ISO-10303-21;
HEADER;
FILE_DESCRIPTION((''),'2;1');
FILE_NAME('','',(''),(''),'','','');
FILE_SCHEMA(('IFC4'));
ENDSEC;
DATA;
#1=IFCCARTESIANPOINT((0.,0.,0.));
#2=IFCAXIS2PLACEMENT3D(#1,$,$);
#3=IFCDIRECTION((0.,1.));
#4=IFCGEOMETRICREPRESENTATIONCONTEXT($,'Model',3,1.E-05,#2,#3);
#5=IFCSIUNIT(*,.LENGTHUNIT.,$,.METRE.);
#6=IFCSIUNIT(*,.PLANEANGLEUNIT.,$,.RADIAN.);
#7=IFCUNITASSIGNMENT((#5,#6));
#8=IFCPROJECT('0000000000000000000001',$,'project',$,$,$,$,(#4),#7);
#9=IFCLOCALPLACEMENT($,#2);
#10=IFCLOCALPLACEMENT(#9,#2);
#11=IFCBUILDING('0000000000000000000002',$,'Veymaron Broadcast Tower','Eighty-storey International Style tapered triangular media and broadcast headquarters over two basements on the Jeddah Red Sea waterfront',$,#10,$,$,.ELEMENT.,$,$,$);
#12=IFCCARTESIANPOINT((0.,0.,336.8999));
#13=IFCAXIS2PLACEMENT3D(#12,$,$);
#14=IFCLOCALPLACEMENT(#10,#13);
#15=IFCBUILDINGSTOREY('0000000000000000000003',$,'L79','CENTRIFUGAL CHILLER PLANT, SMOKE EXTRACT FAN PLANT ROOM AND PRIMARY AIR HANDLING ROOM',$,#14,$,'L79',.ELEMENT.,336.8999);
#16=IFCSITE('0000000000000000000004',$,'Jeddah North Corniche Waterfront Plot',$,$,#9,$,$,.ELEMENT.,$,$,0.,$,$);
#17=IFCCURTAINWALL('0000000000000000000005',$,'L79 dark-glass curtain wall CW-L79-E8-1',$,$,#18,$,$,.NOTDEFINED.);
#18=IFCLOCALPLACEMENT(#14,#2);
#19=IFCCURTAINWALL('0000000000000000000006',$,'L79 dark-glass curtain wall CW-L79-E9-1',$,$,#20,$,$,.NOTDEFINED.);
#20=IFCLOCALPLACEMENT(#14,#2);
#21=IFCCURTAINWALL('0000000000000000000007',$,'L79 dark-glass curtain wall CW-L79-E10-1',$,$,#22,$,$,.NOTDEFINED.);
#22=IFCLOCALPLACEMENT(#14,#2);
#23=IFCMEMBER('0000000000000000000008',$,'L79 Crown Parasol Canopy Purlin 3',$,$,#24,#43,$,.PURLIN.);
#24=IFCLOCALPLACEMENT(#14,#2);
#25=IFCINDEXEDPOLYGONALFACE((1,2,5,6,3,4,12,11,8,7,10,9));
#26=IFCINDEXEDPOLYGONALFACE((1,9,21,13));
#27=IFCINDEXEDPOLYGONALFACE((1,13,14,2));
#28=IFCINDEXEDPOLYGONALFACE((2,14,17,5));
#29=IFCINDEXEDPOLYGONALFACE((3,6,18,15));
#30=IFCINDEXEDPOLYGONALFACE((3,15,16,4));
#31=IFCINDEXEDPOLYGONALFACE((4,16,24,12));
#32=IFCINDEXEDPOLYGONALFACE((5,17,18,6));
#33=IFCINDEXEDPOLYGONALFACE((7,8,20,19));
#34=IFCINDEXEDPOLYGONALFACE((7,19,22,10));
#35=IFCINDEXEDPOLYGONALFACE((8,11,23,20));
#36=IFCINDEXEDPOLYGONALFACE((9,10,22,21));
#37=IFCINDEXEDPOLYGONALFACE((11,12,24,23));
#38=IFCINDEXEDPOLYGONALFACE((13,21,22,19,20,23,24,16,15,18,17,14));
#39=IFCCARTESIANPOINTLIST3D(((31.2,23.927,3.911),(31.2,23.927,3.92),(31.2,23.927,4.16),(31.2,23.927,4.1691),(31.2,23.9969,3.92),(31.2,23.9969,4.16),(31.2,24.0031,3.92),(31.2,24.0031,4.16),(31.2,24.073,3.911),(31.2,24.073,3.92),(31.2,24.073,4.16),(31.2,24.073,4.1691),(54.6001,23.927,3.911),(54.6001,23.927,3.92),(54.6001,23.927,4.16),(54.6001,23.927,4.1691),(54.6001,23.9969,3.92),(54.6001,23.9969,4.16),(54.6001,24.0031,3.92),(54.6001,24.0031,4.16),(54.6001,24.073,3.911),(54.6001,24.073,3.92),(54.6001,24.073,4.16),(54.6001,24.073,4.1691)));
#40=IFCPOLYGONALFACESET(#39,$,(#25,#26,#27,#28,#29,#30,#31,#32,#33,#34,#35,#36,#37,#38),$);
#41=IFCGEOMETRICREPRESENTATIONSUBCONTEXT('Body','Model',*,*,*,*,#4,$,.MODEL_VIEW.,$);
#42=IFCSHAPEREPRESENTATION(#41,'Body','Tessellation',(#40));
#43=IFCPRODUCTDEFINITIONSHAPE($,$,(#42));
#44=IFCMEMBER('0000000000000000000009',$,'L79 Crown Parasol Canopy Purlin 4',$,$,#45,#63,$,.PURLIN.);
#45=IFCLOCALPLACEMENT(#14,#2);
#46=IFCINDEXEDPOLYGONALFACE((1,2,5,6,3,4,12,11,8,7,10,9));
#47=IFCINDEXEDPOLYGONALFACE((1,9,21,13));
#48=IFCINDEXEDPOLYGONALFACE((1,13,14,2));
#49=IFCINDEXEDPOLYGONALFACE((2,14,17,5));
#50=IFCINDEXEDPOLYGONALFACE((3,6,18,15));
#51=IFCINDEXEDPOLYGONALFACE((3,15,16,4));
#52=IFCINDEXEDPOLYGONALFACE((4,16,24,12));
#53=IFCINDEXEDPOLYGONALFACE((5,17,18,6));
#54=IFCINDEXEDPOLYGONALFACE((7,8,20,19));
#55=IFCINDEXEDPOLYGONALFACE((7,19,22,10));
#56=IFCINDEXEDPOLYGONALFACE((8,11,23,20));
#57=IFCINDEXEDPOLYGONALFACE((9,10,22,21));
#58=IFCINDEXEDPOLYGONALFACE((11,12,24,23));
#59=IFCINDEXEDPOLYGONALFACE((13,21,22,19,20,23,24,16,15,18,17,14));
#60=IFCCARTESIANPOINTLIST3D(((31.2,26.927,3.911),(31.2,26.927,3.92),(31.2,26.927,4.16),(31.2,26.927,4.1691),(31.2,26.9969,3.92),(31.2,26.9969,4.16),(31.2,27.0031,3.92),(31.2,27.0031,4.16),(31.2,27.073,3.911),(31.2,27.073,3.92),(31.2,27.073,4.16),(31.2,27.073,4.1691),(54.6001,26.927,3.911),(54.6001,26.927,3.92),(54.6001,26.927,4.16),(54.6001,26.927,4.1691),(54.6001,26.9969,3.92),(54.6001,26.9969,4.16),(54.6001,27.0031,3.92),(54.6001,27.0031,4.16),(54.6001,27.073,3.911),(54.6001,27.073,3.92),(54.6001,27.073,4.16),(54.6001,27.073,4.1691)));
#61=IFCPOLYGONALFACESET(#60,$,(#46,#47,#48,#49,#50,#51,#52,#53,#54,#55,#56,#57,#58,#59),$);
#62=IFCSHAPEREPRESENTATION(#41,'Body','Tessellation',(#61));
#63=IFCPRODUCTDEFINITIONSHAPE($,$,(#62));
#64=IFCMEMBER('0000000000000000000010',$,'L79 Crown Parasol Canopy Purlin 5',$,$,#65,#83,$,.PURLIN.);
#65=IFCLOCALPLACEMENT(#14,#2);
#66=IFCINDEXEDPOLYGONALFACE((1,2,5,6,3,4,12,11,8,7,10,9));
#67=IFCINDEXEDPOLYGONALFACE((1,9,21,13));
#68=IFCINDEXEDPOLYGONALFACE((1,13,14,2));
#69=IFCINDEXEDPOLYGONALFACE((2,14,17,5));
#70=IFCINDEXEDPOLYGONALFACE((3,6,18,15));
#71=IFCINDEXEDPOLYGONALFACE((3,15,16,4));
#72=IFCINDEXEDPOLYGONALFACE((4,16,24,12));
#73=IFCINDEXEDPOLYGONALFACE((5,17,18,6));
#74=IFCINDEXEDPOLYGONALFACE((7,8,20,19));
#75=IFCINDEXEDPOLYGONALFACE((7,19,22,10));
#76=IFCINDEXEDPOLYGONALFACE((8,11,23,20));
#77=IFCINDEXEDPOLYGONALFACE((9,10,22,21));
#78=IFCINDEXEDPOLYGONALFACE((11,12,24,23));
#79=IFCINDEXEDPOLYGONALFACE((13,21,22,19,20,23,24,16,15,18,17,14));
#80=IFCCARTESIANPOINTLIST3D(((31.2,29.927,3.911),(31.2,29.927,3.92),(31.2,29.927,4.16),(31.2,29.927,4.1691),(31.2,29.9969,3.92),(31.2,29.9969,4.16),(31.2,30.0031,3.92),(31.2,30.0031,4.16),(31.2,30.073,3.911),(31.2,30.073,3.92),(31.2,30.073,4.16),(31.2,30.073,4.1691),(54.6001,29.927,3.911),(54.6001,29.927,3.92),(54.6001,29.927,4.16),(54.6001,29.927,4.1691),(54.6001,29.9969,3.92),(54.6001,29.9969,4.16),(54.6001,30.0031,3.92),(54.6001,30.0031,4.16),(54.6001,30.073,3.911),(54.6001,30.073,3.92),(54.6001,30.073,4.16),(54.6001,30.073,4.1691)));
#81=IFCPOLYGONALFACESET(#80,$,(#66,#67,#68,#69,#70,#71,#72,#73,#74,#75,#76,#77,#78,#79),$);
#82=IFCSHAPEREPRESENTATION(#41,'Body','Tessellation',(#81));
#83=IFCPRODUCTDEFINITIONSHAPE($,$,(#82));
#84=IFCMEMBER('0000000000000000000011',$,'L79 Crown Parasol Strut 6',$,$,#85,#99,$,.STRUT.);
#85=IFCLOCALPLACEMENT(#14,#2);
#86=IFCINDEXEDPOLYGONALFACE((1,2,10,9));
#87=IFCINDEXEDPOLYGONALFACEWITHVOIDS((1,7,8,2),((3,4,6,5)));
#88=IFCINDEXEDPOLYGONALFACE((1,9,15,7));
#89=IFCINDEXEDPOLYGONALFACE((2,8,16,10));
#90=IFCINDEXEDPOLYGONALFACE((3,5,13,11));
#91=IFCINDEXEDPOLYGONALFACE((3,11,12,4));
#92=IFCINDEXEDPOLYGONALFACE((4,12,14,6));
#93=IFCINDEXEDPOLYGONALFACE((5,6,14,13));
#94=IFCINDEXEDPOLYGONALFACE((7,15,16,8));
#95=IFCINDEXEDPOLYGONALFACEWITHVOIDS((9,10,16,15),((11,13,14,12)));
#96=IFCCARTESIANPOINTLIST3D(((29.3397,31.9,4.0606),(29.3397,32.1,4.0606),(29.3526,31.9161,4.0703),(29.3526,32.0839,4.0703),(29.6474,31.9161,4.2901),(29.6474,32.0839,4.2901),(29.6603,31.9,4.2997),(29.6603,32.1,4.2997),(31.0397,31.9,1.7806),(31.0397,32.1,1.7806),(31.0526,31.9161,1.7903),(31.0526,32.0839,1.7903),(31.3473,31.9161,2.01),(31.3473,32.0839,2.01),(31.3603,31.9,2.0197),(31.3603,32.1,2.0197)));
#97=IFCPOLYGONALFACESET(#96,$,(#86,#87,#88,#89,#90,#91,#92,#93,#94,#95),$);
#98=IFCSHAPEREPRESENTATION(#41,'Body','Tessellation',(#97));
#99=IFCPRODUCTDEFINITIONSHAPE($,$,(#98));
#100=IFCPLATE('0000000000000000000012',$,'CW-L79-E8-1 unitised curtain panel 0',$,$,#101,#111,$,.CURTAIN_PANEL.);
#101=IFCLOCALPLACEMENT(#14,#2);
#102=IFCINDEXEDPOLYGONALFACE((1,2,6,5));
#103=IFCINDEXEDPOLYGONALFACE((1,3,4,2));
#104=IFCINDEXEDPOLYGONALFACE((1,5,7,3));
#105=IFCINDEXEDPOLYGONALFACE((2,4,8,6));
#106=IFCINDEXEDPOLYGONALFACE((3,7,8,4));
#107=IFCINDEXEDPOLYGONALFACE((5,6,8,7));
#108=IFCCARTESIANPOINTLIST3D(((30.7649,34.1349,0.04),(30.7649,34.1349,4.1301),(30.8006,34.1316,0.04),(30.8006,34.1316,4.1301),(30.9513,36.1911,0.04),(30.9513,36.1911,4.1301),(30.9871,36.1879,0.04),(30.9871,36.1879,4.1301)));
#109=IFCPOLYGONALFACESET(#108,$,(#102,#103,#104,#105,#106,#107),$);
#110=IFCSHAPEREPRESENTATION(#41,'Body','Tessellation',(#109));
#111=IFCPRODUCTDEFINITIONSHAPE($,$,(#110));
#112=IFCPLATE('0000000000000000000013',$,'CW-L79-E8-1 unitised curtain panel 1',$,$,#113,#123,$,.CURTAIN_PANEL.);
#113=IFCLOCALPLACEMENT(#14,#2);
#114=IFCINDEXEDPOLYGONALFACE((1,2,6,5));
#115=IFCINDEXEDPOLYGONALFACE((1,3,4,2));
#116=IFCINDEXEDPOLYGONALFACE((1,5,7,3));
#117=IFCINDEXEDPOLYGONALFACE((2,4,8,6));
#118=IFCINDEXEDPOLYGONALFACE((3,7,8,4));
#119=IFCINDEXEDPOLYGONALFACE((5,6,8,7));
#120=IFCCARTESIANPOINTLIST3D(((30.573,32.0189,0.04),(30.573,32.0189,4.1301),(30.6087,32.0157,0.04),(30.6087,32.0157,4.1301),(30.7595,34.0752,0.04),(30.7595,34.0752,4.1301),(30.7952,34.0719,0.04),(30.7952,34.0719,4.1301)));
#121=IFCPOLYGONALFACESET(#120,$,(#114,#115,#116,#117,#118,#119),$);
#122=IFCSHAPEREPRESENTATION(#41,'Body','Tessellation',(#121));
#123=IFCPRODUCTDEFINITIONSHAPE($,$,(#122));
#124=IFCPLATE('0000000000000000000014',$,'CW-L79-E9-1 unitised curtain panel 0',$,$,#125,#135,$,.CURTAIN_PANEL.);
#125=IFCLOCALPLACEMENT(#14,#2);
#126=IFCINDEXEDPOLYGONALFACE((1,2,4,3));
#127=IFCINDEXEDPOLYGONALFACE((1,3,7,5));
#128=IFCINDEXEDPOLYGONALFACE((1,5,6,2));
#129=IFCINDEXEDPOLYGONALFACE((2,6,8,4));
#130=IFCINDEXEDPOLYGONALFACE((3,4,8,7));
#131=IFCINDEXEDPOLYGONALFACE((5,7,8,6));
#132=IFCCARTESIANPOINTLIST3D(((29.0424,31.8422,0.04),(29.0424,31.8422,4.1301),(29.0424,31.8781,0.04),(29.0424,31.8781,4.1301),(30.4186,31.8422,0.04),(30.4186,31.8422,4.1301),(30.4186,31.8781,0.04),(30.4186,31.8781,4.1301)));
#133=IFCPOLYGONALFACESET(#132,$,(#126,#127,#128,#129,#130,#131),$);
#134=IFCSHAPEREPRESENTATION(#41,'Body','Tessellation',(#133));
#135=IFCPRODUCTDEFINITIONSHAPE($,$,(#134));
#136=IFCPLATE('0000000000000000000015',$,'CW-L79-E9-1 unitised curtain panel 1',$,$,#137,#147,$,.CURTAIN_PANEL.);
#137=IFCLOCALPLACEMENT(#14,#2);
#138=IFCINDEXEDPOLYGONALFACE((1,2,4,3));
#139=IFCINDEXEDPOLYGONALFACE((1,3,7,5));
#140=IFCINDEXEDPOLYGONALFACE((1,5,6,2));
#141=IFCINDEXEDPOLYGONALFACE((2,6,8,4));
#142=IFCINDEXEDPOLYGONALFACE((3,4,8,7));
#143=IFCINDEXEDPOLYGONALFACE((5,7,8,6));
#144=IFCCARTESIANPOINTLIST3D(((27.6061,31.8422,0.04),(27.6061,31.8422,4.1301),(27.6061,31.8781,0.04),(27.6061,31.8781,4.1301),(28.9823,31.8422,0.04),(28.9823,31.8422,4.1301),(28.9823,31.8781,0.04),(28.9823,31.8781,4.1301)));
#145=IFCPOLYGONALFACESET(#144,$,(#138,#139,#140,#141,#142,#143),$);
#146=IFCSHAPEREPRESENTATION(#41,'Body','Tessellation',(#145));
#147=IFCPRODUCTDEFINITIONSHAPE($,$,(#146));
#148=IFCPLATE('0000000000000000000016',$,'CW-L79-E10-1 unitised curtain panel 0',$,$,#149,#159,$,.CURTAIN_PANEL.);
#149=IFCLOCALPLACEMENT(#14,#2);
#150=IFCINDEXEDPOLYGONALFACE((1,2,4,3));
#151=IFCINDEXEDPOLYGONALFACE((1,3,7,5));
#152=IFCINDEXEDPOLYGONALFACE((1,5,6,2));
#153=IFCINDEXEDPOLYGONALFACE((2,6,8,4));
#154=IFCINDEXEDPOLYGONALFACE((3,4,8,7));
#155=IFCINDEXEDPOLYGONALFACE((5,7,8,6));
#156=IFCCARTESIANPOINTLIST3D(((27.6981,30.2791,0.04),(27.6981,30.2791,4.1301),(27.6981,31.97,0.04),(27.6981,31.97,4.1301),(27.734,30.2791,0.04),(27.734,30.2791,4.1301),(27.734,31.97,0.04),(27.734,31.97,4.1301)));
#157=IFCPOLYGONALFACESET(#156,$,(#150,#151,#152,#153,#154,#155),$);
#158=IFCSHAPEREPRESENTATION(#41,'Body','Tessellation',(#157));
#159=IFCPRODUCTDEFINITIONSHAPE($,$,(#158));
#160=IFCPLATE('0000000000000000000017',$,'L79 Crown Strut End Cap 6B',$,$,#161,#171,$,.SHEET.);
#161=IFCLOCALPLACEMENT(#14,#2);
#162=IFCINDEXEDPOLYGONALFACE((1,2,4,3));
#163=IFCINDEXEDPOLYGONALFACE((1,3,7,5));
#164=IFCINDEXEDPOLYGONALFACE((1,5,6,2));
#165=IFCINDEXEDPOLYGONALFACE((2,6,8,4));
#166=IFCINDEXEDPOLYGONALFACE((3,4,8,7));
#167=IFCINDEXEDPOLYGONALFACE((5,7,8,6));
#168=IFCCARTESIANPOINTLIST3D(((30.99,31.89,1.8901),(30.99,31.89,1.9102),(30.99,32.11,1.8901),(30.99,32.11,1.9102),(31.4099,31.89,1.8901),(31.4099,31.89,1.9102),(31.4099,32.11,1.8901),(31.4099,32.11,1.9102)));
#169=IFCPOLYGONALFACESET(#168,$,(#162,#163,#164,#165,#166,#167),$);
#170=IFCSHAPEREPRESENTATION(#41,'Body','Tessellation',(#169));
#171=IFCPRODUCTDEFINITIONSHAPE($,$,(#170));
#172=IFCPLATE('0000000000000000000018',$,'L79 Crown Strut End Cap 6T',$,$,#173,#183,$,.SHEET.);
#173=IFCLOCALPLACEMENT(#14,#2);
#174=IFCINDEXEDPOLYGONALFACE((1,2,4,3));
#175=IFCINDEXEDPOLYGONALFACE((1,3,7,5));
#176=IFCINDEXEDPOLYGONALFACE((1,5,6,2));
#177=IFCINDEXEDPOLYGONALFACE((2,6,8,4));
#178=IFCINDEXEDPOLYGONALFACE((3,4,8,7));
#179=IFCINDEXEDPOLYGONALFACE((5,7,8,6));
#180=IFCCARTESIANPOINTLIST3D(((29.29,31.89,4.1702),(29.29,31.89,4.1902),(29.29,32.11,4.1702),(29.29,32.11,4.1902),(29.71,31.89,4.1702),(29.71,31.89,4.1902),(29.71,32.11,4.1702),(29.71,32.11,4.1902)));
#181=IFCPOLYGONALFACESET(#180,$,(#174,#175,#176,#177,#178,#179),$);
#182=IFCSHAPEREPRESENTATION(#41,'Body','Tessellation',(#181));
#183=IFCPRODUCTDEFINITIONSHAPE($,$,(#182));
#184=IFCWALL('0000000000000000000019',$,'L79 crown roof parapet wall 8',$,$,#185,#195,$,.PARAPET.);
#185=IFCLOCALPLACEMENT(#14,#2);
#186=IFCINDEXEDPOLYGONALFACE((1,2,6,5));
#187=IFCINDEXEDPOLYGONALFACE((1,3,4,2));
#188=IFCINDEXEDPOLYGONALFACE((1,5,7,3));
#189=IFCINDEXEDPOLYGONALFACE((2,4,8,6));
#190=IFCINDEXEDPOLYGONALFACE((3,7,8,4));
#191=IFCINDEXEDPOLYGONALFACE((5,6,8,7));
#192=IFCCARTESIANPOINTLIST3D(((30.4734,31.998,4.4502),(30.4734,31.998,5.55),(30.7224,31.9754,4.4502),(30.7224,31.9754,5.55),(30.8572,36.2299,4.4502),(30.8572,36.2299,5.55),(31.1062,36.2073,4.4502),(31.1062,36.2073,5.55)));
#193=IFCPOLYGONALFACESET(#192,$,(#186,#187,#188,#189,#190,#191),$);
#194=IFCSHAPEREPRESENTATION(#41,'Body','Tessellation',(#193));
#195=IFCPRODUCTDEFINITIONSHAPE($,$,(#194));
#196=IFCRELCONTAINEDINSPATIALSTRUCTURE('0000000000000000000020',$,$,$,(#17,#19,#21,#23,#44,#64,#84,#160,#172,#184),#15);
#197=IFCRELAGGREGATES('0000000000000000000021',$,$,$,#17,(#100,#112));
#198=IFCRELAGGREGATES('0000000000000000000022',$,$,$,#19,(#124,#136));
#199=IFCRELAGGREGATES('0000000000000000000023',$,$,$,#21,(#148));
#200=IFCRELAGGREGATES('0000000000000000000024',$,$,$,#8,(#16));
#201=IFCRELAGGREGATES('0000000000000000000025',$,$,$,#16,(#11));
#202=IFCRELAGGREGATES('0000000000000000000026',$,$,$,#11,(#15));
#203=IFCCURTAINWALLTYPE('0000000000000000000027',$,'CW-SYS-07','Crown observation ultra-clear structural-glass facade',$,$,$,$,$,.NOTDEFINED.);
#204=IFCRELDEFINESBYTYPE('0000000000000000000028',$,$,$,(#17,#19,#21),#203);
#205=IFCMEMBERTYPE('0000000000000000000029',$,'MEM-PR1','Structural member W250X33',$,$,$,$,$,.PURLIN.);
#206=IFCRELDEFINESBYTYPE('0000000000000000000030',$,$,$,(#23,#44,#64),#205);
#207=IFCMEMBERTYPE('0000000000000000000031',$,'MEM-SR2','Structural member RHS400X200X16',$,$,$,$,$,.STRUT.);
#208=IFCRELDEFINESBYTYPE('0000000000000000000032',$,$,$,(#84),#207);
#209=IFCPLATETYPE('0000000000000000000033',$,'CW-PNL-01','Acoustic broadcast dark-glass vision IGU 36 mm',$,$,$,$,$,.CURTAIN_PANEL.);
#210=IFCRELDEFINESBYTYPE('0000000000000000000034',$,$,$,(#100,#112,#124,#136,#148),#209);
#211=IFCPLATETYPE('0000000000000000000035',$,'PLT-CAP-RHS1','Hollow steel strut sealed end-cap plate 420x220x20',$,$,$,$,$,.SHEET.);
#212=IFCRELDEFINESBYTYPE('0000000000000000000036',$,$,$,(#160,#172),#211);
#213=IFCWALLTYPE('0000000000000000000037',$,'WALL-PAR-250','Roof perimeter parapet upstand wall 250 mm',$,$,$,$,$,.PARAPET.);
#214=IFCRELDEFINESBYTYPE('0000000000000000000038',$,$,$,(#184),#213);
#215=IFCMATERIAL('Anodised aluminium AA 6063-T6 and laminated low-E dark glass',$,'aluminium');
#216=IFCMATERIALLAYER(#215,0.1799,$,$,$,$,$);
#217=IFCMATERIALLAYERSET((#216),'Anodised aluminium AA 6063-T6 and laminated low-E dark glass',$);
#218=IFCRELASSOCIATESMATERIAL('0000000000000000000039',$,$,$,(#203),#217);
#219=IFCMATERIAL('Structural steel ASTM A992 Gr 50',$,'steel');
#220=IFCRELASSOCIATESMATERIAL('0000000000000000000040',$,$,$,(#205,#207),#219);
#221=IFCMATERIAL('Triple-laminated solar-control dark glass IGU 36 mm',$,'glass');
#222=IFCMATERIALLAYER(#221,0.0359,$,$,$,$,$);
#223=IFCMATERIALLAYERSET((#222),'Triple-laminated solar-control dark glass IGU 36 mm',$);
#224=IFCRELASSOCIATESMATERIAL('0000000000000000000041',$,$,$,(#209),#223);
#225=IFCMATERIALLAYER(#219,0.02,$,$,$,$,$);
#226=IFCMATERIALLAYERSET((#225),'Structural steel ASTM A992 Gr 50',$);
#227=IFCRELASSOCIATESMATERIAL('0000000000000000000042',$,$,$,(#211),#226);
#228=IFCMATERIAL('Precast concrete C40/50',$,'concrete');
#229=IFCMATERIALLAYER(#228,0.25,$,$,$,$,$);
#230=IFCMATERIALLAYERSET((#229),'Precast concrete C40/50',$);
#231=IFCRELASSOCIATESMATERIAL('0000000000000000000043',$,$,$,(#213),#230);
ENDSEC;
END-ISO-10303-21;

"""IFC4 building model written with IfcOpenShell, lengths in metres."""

from ifc_helpers import new_model, si_unit, direction, frame, frame_2d, origin, origin_2d, place, context, subcontext, project, spatial, rectangle, hollow_rectangle, i_section, extrude, material, layer, layer_set, material_profile, profile_set, type_object, element, aggregate, save


model = new_model("IFC4")

# Units and contexts
model_context = context("Model", 3, precision=1e-05, world=origin(), true_north=direction((0.0, 1.0)))
body_context = subcontext(model_context, "Body", "Model", "MODEL_VIEW")
ifc_project = project(units=[si_unit("LENGTHUNIT", "METRE"), si_unit("PLANEANGLEUNIT", "RADIAN")], contexts=[model_context])

# Site, building, storey
site_placement = place(None, origin())
site = spatial("IfcSite", under=ifc_project, at=site_placement, Name="Jeddah North Corniche Waterfront Plot", CompositionType="ELEMENT", RefElevation=0.0)
building_placement = place(site_placement, origin())
building = spatial("IfcBuilding", under=site, at=building_placement, Name="Veymaron Broadcast Tower", Description="Eighty-storey International Style tapered triangular media and broadcast headquarters over two basements on the Jeddah Red Sea waterfront", CompositionType="ELEMENT")
storey_placement = place(building_placement, frame((0.0, 0.0, 336.8999)))
storey = spatial("IfcBuildingStorey", under=building, at=storey_placement, Name="L79", Description="CENTRIFUGAL CHILLER PLANT, SMOKE EXTRACT FAN PLANT ROOM AND PRIMARY AIR HANDLING ROOM", LongName="L79", CompositionType="ELEMENT", Elevation=336.8999)

# Shared definitions
ifc_material_1 = material(Name="Structural steel ASTM A992 Gr 50", Category="steel")

# Shared definitions
ifc_material_2 = material(Name="Anodised aluminium AA 6063-T6 and laminated low-E dark glass", Category="aluminium")
ifc_layer_1 = layer(ifc_material_2, 0.1799)
ifc_layer_set_1 = layer_set([ifc_layer_1], Name="Anodised aluminium AA 6063-T6 and laminated low-E dark glass")
curtain_wall_type = type_object("IfcCurtainWallType", Name="CW-SYS-07", Description="Crown observation ultra-clear structural-glass facade", PredefinedType="NOTDEFINED", material=ifc_layer_set_1)

# Curtain walls
curtain_wall_1_placement = place(storey_placement, origin())
curtain_wall_1 = element("IfcCurtainWall", 1, at=curtain_wall_1_placement, inside=storey, type_object=curtain_wall_type, Name="L79 dark-glass curtain wall CW-L79-E8-1", PredefinedType="NOTDEFINED")
curtain_wall_2_placement = place(storey_placement, origin())
curtain_wall_2 = element("IfcCurtainWall", 2, at=curtain_wall_2_placement, inside=storey, type_object=curtain_wall_type, Name="L79 dark-glass curtain wall CW-L79-E9-1", PredefinedType="NOTDEFINED")
curtain_wall_3_placement = place(storey_placement, origin())
curtain_wall_3 = element("IfcCurtainWall", 3, at=curtain_wall_3_placement, inside=storey, type_object=curtain_wall_type, Name="L79 dark-glass curtain wall CW-L79-E10-1", PredefinedType="NOTDEFINED")

# Members
ifc_material_profile_1 = material_profile(ifc_material_1, i_section(OverallWidth=0.146, OverallDepth=0.2581, WebThickness=0.0061, FlangeThickness=0.009, at=origin_2d()), Name="W250X33")
ifc_profile_set_1 = profile_set([ifc_material_profile_1], Name="Structural steel ASTM A992 Gr 50")
member_type_1 = type_object("IfcMemberType", Name="MEM-PR1", Description="Structural member W250X33", PredefinedType="PURLIN", material=ifc_profile_set_1)
for number, where, z_axis, x_axis, name in (
    (4, (31.2, 24.0, 4.04), (1.0, 0.0, 0.0), (0.0, 1.0, 0.0), "L79 Crown Parasol Canopy Purlin 3"),
    (5, (31.2, 27.0, 4.04), (1.0, 0.0, 0.0), (0.0, 1.0, 0.0), "L79 Crown Parasol Canopy Purlin 4"),
    (6, (31.2, 30.0, 4.04), (1.0, 0.0, 0.0), (0.0, 1.0, 0.0), "L79 Crown Parasol Canopy Purlin 5"),
):
    element("IfcMember", number, at=place(storey_placement, frame(where, z_axis=z_axis, x_axis=x_axis)), inside=storey, type_object=member_type_1, Name=name, PredefinedType="PURLIN", context=body_context, shape_type="SweptSolid", body=[
        extrude(i_section(OverallWidth=0.146, OverallDepth=0.2581, WebThickness=0.0061, FlangeThickness=0.009, at=origin_2d()), origin(), (0.0, 0.0, 1.0), 23.4001),
    ])
ifc_material_profile_2 = material_profile(ifc_material_1, hollow_rectangle(XDim=0.2, YDim=0.3999, WallThickness=0.0161, at=origin_2d()), Name="RHS400X200X16")
ifc_profile_set_2 = profile_set([ifc_material_profile_2], Name="Structural steel ASTM A992 Gr 50")
member_type_2 = type_object("IfcMemberType", Name="MEM-SR2", Description="Structural member RHS400X200X16", PredefinedType="STRUT", material=ifc_profile_set_2)
member_1_placement = place(storey_placement, frame((31.2, 32.0, 1.9001), z_axis=(-0.597731, 0.0, 0.801696), x_axis=(0.0, -1.0, 0.0)))
element("IfcMember", 7, at=member_1_placement, inside=storey, type_object=member_type_2, Name="L79 Crown Parasol Strut 6", PredefinedType="STRUT", context=body_context, shape_type="SweptSolid", body=[
    extrude(hollow_rectangle(XDim=0.2, YDim=0.3999, WallThickness=0.0161, at=origin_2d()), origin(), (0.0, 0.0, 1.0), 2.844),
])

# Plates
ifc_material_3 = material(Name="Triple-laminated solar-control dark glass IGU 36 mm", Category="glass")
ifc_layer_2 = layer(ifc_material_3, 0.0359)
ifc_layer_set_2 = layer_set([ifc_layer_2], Name="Triple-laminated solar-control dark glass IGU 36 mm")
plate_type_1 = type_object("IfcPlateType", Name="CW-PNL-01", Description="Acoustic broadcast dark-glass vision IGU 36 mm", PredefinedType="CURTAIN_PANEL", material=ifc_layer_set_2)
plate_1_placement = place(storey_placement, frame((30.876, 35.1614, 0.04), z_axis=(0.0, 0.0, 1.0), x_axis=(-0.09032, -0.995913, 0.0)))
plate_1 = element("IfcPlate", 8, at=plate_1_placement, type_object=plate_type_1, Name="CW-L79-E8-1 unitised curtain panel 0", PredefinedType="CURTAIN_PANEL", context=body_context, shape_type="SweptSolid", body=[
    extrude(rectangle(XDim=2.0647, YDim=0.0359, at=origin_2d()), origin(), (0.0, 0.0, 1.0), 4.0901),
])
plate_2_placement = place(storey_placement, frame((30.6841, 33.0454, 0.04), z_axis=(0.0, 0.0, 1.0), x_axis=(-0.09032, -0.995913, 0.0)))
plate_2 = element("IfcPlate", 9, at=plate_2_placement, type_object=plate_type_1, Name="CW-L79-E8-1 unitised curtain panel 1", PredefinedType="CURTAIN_PANEL", context=body_context, shape_type="SweptSolid", body=[
    extrude(rectangle(XDim=2.0647, YDim=0.0359, at=origin_2d()), origin(), (0.0, 0.0, 1.0), 4.0901),
])
aggregate(curtain_wall_1, [plate_1, plate_2])
plate_3_placement = place(storey_placement, frame((29.7305, 31.8601, 0.04), z_axis=(0.0, 0.0, 1.0), x_axis=(-1.0, 0.0, 0.0)))
plate_3 = element("IfcPlate", 10, at=plate_3_placement, type_object=plate_type_1, Name="CW-L79-E9-1 unitised curtain panel 0", PredefinedType="CURTAIN_PANEL", context=body_context, shape_type="SweptSolid", body=[
    extrude(rectangle(XDim=1.3762, YDim=0.0359, at=origin_2d()), origin(), (0.0, 0.0, 1.0), 4.0901),
])
plate_4_placement = place(storey_placement, frame((28.2942, 31.8601, 0.04), z_axis=(0.0, 0.0, 1.0), x_axis=(-1.0, 0.0, 0.0)))
plate_4 = element("IfcPlate", 11, at=plate_4_placement, type_object=plate_type_1, Name="CW-L79-E9-1 unitised curtain panel 1", PredefinedType="CURTAIN_PANEL", context=body_context, shape_type="SweptSolid", body=[
    extrude(rectangle(XDim=1.3762, YDim=0.0359, at=origin_2d()), origin(), (0.0, 0.0, 1.0), 4.0901),
])
aggregate(curtain_wall_2, [plate_3, plate_4])
plate_5_placement = place(storey_placement, frame((27.7161, 31.1245, 0.04), z_axis=(0.0, 0.0, 1.0), x_axis=(0.0, -1.0, 0.0)))
plate_5 = element("IfcPlate", 12, at=plate_5_placement, type_object=plate_type_1, Name="CW-L79-E10-1 unitised curtain panel 0", PredefinedType="CURTAIN_PANEL", context=body_context, shape_type="SweptSolid", body=[
    extrude(rectangle(XDim=1.6909, YDim=0.0359, at=origin_2d()), origin(), (0.0, 0.0, 1.0), 4.0901),
])
aggregate(curtain_wall_3, [plate_5])

# Plates
ifc_layer_3 = layer(ifc_material_1, 0.02)
ifc_layer_set_3 = layer_set([ifc_layer_3], Name="Structural steel ASTM A992 Gr 50")
plate_type_2 = type_object("IfcPlateType", Name="PLT-CAP-RHS1", Description="Hollow steel strut sealed end-cap plate 420x220x20", PredefinedType="SHEET", material=ifc_layer_set_3)
for number, where, z_axis, x_axis, name in (
    (13, (31.2, 32.0, 1.8901), (0.0, 0.0, 1.0), (1.0, 0.0, 0.0), "L79 Crown Strut End Cap 6B"),
    (14, (29.5, 32.0, 4.1702), (0.0, 0.0, 1.0), (1.0, 0.0, 0.0), "L79 Crown Strut End Cap 6T"),
):
    element("IfcPlate", number, at=place(storey_placement, frame(where, z_axis=z_axis, x_axis=x_axis)), inside=storey, type_object=plate_type_2, Name=name, PredefinedType="SHEET", context=body_context, shape_type="SweptSolid", body=[
        extrude(rectangle(XDim=0.4199, YDim=0.22, at=origin_2d()), origin(), (0.0, 0.0, 1.0), 0.02),
    ])

# Wall
ifc_material_4 = material(Name="Precast concrete C40/50", Category="concrete")
ifc_layer_4 = layer(ifc_material_4, 0.25)
ifc_layer_set_4 = layer_set([ifc_layer_4], Name="Precast concrete C40/50")
wall_type = type_object("IfcWallType", Name="WALL-PAR-250", Description="Roof perimeter parapet upstand wall 250 mm", PredefinedType="PARAPET", material=ifc_layer_set_4)
wall_1_placement = place(storey_placement, frame((30.9817, 36.2185, 4.4502), z_axis=(0.0, 0.0, 1.0), x_axis=(-0.090318, -0.995913, 0.0)))
element("IfcWall", 15, at=wall_1_placement, inside=storey, type_object=wall_type, Name="L79 crown roof parapet wall 8", PredefinedType="PARAPET", context=body_context, shape_type="SweptSolid", body=[
    extrude(rectangle(XDim=4.2493, YDim=0.25, at=frame_2d((2.1245, 0.0))), origin(), (0.0, 0.0, 1.0), 1.0999),
])

save(model, "model.ifc")
